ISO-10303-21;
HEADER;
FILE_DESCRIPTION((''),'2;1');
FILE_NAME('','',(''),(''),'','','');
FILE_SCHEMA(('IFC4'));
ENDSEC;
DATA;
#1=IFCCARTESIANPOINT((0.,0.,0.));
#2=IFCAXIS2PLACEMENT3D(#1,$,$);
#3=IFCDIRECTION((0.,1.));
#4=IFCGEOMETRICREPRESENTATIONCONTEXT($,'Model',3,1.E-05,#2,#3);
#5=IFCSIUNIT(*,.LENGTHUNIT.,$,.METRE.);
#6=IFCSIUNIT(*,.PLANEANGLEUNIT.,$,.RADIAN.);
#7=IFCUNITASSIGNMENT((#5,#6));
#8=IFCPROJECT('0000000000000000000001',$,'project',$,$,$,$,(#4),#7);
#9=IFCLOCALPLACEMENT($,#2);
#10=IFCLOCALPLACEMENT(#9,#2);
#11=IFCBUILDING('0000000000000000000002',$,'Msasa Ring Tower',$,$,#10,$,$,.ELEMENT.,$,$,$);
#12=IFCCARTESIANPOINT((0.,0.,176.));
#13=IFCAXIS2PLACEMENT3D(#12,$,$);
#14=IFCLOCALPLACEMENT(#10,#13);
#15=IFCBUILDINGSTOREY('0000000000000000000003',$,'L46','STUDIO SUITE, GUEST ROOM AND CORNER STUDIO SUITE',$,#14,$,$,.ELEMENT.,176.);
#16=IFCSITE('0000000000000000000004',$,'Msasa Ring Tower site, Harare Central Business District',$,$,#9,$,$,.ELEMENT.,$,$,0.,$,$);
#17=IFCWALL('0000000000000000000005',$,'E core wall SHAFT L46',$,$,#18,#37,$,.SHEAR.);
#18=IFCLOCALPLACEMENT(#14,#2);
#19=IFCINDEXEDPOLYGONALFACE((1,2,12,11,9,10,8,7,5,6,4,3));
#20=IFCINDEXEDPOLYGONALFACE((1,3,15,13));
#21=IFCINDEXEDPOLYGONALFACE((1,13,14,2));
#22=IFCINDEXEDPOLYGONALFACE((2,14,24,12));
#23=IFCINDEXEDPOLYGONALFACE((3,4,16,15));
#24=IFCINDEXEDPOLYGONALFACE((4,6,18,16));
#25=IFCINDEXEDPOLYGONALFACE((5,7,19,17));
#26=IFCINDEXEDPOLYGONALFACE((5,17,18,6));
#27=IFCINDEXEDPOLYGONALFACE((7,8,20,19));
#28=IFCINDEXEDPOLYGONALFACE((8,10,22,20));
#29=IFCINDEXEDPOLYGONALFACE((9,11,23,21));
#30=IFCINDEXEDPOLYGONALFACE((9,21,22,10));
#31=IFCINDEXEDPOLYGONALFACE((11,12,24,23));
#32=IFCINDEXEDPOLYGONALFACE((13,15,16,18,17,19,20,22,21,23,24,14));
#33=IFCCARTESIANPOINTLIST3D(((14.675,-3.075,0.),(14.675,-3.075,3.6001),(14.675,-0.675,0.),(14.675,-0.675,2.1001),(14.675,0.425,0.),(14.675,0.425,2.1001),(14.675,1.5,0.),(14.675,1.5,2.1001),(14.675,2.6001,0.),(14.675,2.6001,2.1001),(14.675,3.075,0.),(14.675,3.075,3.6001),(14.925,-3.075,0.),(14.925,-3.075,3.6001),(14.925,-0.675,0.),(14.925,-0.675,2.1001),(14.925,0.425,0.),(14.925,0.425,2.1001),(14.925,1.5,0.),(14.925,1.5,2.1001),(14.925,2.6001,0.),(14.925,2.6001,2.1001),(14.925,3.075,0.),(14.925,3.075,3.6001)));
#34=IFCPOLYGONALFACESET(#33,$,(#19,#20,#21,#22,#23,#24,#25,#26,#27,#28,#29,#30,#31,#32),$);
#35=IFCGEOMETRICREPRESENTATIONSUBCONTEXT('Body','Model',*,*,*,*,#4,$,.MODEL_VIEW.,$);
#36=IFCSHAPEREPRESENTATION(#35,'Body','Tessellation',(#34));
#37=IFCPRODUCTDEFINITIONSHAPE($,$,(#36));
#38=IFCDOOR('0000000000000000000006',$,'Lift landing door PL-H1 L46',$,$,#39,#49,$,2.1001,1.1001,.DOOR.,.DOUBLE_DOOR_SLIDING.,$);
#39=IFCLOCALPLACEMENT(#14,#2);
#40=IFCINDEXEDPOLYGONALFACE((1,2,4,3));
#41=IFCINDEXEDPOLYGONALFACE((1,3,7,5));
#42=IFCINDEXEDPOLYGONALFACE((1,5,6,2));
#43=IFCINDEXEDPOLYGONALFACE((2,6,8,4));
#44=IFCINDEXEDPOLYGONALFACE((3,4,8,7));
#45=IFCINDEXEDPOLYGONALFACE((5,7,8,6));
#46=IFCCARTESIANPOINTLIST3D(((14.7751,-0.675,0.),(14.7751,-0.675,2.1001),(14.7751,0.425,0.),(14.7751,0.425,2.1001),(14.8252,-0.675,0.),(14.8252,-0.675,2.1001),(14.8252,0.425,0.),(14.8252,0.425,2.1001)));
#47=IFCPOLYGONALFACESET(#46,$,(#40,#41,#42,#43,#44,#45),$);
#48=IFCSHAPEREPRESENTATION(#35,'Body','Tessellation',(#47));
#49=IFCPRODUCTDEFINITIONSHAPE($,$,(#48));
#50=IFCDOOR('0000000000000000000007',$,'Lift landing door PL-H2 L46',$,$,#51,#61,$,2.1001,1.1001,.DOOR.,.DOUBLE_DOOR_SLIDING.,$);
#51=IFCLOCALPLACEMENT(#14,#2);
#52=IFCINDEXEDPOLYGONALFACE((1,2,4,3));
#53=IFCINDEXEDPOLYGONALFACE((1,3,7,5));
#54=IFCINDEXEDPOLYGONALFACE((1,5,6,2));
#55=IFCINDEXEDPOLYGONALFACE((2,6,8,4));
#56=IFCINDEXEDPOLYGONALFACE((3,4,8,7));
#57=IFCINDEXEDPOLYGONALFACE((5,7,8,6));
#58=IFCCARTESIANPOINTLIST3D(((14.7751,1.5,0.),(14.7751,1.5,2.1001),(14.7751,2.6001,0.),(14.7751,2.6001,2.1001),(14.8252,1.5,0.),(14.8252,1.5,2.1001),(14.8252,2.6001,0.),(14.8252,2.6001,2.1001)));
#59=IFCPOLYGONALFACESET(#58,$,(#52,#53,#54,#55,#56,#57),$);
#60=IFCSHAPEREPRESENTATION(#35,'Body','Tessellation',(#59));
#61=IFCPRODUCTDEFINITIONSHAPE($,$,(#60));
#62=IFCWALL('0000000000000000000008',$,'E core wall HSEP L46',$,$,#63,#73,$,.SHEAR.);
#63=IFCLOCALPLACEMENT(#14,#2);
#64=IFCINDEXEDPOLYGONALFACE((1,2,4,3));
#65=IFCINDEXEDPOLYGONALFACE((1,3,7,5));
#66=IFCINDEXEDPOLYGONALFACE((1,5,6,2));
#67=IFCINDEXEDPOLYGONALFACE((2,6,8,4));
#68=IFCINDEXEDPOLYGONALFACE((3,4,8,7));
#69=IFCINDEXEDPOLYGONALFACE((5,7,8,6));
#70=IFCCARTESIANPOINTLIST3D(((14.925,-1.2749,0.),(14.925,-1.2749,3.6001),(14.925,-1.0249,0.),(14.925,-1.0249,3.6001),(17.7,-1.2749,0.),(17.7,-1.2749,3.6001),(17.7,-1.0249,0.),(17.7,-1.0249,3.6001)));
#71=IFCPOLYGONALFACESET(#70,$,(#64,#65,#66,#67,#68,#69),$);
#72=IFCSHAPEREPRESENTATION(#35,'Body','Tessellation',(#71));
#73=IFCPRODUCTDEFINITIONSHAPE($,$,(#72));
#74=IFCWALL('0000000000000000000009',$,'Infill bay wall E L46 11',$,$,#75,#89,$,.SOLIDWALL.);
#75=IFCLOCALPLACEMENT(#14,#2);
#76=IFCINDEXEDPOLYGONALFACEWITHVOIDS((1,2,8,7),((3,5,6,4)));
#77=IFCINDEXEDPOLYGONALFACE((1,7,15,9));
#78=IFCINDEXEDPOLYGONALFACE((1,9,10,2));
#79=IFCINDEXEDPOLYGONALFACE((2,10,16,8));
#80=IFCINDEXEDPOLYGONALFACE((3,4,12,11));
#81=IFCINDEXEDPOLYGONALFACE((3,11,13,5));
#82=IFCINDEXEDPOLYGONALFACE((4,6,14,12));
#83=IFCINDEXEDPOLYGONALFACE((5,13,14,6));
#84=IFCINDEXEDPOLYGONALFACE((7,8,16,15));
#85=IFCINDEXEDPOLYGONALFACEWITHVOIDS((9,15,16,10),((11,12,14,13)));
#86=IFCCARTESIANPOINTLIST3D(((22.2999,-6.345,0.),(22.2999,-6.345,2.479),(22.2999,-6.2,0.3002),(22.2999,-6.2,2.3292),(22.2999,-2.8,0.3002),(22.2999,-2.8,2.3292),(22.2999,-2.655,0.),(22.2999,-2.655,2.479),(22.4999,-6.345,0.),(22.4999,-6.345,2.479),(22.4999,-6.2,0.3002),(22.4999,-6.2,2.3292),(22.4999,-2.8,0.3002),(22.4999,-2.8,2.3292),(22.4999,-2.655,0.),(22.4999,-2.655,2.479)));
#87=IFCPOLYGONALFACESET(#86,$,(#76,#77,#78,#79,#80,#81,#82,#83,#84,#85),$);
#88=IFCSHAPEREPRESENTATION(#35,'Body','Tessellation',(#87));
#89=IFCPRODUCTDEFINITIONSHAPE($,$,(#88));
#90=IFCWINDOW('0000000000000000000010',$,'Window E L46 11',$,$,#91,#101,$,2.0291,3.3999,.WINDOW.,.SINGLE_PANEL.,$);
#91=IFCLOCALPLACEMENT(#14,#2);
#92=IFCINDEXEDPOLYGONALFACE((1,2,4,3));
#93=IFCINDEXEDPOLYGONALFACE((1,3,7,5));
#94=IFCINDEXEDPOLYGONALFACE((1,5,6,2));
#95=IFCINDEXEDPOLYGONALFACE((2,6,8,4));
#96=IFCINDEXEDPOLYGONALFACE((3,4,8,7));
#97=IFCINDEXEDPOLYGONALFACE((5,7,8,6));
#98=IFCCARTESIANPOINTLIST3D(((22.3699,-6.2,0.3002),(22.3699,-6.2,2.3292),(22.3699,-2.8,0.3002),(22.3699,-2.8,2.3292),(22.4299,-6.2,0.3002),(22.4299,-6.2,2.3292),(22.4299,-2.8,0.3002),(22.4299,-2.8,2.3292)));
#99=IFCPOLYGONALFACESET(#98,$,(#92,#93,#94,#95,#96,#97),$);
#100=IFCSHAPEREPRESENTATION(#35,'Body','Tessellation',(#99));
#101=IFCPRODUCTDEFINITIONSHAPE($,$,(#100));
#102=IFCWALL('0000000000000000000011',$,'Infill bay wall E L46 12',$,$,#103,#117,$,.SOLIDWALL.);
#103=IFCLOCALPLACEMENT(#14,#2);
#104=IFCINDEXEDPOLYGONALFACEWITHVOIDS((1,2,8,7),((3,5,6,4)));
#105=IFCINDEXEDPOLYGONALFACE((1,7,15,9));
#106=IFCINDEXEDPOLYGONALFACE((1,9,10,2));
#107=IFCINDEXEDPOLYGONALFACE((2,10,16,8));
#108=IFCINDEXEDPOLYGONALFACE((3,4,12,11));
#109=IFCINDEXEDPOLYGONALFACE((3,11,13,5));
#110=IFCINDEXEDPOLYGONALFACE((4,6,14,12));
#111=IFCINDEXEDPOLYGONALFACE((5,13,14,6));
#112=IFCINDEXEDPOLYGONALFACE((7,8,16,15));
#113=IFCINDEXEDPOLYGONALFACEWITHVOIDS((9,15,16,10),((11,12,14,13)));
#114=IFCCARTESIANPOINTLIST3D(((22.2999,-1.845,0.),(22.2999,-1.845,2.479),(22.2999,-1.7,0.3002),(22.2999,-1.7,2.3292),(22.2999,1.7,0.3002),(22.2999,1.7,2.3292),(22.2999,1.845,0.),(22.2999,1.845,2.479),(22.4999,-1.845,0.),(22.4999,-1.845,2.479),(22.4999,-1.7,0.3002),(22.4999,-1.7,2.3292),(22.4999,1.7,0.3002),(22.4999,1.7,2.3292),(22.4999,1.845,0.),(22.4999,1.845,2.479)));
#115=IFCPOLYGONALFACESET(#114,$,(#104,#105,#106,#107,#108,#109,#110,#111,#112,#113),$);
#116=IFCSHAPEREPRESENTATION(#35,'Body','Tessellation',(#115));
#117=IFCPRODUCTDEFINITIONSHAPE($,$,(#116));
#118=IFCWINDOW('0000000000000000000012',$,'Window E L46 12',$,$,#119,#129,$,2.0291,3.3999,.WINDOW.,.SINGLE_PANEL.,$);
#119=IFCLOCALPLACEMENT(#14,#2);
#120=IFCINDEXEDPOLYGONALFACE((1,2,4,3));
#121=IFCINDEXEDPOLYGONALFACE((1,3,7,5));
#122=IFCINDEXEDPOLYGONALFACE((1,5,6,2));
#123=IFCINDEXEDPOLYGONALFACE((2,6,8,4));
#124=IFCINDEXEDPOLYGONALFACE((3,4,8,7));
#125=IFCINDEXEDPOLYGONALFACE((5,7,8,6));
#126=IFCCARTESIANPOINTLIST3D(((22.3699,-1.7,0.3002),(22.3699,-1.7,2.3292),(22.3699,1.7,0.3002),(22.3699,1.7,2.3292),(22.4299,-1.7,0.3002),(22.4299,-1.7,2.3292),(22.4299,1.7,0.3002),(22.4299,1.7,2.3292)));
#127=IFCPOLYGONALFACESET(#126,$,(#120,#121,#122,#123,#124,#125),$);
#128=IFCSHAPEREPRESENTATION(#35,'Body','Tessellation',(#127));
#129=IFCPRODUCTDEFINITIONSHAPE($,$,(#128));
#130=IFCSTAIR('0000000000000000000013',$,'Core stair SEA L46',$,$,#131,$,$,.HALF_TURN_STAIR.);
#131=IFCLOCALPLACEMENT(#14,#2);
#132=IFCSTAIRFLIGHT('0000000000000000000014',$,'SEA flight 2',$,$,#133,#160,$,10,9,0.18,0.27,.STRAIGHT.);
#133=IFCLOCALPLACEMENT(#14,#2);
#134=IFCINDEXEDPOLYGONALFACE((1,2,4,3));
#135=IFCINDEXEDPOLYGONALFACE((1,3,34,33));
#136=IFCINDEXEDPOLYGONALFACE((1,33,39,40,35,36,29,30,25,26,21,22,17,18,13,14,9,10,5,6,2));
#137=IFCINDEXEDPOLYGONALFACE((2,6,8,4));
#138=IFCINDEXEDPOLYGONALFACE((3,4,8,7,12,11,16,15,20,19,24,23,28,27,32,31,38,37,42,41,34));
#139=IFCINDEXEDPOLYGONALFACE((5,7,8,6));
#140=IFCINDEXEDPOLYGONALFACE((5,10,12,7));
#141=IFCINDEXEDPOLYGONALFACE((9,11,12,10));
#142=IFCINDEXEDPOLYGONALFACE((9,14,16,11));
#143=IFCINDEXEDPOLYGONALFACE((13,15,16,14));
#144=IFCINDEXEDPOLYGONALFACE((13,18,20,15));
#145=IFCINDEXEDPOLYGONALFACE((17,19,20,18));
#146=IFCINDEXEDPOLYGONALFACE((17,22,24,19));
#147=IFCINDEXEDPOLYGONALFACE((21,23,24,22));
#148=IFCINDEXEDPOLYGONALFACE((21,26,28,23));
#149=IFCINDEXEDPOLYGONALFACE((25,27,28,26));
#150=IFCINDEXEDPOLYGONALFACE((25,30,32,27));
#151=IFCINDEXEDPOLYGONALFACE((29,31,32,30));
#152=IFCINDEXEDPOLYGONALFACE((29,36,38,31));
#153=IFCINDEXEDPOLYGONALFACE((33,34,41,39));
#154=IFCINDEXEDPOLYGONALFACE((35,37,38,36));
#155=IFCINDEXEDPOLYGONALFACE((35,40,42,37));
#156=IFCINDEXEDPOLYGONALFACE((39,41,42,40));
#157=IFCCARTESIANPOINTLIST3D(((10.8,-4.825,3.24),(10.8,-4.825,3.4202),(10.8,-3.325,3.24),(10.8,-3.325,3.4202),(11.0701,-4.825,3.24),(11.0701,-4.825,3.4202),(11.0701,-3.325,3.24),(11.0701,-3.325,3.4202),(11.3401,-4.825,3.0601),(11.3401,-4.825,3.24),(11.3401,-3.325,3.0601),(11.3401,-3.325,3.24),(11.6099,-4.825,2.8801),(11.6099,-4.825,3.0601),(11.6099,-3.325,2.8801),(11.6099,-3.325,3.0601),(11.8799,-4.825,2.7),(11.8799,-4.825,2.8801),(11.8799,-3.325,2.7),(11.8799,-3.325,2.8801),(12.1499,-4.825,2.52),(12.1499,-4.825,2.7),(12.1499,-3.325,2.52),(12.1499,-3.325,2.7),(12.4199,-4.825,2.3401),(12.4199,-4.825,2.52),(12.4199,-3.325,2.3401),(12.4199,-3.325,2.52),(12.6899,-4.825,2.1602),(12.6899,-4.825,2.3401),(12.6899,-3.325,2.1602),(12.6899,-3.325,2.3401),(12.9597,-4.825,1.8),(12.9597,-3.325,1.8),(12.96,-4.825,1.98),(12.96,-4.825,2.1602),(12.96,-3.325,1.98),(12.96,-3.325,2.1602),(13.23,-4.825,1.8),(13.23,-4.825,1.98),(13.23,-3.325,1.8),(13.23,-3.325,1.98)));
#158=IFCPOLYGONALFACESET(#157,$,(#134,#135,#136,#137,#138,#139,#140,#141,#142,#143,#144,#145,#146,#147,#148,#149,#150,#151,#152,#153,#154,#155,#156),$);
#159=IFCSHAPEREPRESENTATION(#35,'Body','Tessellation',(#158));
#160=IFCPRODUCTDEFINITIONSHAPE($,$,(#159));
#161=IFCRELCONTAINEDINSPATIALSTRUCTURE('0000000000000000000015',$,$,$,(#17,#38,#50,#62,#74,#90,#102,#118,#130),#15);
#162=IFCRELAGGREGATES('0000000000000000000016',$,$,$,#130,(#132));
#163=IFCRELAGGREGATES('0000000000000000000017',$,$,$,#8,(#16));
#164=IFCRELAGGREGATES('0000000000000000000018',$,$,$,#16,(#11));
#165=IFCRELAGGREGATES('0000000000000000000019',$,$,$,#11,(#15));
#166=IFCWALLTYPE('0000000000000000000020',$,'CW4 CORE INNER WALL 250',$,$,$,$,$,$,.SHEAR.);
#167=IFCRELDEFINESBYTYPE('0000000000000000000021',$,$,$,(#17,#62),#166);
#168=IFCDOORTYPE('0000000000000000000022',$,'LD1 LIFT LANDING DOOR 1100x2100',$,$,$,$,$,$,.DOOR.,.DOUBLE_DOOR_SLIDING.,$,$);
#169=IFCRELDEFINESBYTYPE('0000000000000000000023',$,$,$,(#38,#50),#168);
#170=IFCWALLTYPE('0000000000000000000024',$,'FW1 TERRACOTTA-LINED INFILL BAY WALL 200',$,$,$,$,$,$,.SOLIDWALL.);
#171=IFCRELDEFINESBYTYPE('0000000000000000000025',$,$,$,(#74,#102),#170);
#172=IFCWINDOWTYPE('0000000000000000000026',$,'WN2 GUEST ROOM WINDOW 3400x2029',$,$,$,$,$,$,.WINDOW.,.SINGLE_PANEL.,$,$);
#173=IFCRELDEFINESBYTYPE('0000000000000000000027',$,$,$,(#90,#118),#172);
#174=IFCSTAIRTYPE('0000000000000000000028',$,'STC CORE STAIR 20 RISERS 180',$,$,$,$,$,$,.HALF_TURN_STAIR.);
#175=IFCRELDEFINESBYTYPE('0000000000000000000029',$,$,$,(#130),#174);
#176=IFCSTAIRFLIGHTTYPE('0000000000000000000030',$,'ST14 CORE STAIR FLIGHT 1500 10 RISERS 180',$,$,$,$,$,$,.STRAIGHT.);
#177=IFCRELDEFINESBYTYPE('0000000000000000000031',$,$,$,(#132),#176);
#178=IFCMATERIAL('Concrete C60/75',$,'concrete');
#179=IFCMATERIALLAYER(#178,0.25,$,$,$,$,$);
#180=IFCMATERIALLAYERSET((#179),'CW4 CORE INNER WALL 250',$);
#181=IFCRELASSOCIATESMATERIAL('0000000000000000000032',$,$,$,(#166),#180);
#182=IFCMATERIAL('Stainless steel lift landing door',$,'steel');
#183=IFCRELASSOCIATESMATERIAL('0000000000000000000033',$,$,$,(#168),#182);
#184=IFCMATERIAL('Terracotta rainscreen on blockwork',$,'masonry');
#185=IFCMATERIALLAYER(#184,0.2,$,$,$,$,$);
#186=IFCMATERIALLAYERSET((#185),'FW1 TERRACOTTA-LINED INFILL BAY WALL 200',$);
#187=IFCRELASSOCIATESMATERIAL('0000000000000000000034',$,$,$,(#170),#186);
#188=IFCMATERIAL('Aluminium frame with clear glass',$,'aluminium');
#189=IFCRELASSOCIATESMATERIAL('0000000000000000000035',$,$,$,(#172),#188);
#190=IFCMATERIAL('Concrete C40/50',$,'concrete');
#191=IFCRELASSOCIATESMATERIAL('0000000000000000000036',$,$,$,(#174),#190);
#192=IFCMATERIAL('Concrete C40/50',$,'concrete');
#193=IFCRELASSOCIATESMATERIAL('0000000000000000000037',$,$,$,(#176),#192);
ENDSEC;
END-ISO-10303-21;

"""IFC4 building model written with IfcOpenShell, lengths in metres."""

from ifc_helpers import new_model, si_unit, direction, frame, frame_2d, origin, place, context, subcontext, project, spatial, polyline, rectangle, outline, extrude, material, layer, layer_set, type_object, element, fill, aggregate, save


model = new_model("IFC4")

# Units and contexts
model_context = context("Model", 3, precision=1e-05, world=origin(), true_north=direction((0.0, 1.0)))
body_context = subcontext(model_context, "Body", "Model", "MODEL_VIEW")
ifc_project = project(units=[si_unit("LENGTHUNIT", "METRE"), si_unit("PLANEANGLEUNIT", "RADIAN")], contexts=[model_context])

# Site, building, storey
site_placement = place(None, origin())
site = spatial("IfcSite", under=ifc_project, at=site_placement, Name="Msasa Ring Tower site, Harare Central Business District", CompositionType="ELEMENT", RefElevation=0.0)
building_placement = place(site_placement, origin())
building = spatial("IfcBuilding", under=site, at=building_placement, Name="Msasa Ring Tower", CompositionType="ELEMENT")
storey_placement = place(building_placement, frame((0.0, 0.0, 176.0)))
storey = spatial("IfcBuildingStorey", under=building, at=storey_placement, Name="L46", Description="STUDIO SUITE, GUEST ROOM AND CORNER STUDIO SUITE", CompositionType="ELEMENT", Elevation=176.0)

# Shared definitions
ifc_material_1 = material(Name="Concrete C60/75", Category="concrete")
ifc_layer_1 = layer(ifc_material_1, 0.25)
ifc_layer_set_1 = layer_set([ifc_layer_1], Name="CW4 CORE INNER WALL 250")
wall_type_1 = type_object("IfcWallType", Name="CW4 CORE INNER WALL 250", PredefinedType="SHEAR", material=ifc_layer_set_1)

# Wall, openings, doors
wall_1_placement = place(storey_placement, frame((14.8, -3.075, 0.0), z_axis=(0.0, 0.0, 1.0), x_axis=(0.0, 1.0, 0.0)))
wall_1 = element("IfcWall", 1, at=wall_1_placement, inside=storey, type_object=wall_type_1, Name="E core wall SHAFT L46", PredefinedType="SHEAR", context=body_context, shape_type="SweptSolid", body=[
    extrude(rectangle(XDim=6.1499, YDim=0.25, at=frame_2d((3.075, 0.0))), origin(), (0.0, 0.0, 1.0), 3.6001),
])
opening_1_placement = place(wall_1_placement, frame((2.3999, 0.0, 0.0)))
opening_1 = element("IfcOpeningElement", 2, at=opening_1_placement, cuts=wall_1, PredefinedType="OPENING", context=body_context, shape_type="SweptSolid", body=[
    extrude(rectangle(XDim=1.1001, YDim=2.1001, at=frame_2d((0.55, 1.05))), frame((0.0, 0.135, 0.0), z_axis=(0.0, -1.0, 0.0), x_axis=(1.0, 0.0, 0.0)), (0.0, 0.0, 1.0), 0.27),
])
opening_2_placement = place(wall_1_placement, frame((4.575, 0.0, 0.0)))
opening_2 = element("IfcOpeningElement", 3, at=opening_2_placement, cuts=wall_1, PredefinedType="OPENING", context=body_context, shape_type="SweptSolid", body=[
    extrude(rectangle(XDim=1.1001, YDim=2.1001, at=frame_2d((0.55, 1.05))), frame((0.0, 0.135, 0.0), z_axis=(0.0, -1.0, 0.0), x_axis=(1.0, 0.0, 0.0)), (0.0, 0.0, 1.0), 0.27),
])
ifc_material_2 = material(Name="Stainless steel lift landing door", Category="steel")
door_type = type_object("IfcDoorType", Name="LD1 LIFT LANDING DOOR 1100x2100", OperationType="DOUBLE_DOOR_SLIDING", PredefinedType="DOOR", material=ifc_material_2)
door_1_placement = place(opening_1_placement, origin())
door_1 = element("IfcDoor", 4, at=door_1_placement, inside=storey, type_object=door_type, Name="Lift landing door PL-H1 L46", OperationType="DOUBLE_DOOR_SLIDING", OverallHeight=2.1001, OverallWidth=1.1001, PredefinedType="DOOR", context=body_context, shape_type="SweptSolid", body=[
    extrude(rectangle(XDim=1.1001, YDim=2.1001, at=frame_2d((0.55, 1.05))), frame((0.0, 0.0249, 0.0), z_axis=(0.0, -1.0, 0.0), x_axis=(1.0, 0.0, 0.0)), (0.0, 0.0, 1.0), 0.05),
])
fill(opening_1, door_1)
door_2_placement = place(opening_2_placement, origin())
door_2 = element("IfcDoor", 5, at=door_2_placement, inside=storey, type_object=door_type, Name="Lift landing door PL-H2 L46", OperationType="DOUBLE_DOOR_SLIDING", OverallHeight=2.1001, OverallWidth=1.1001, PredefinedType="DOOR", context=body_context, shape_type="SweptSolid", body=[
    extrude(rectangle(XDim=1.1001, YDim=2.1001, at=frame_2d((0.55, 1.05))), frame((0.0, 0.0249, 0.0), z_axis=(0.0, -1.0, 0.0), x_axis=(1.0, 0.0, 0.0)), (0.0, 0.0, 1.0), 0.05),
])
fill(opening_2, door_2)

# Wall
wall_2_placement = place(storey_placement, frame((14.925, -1.1499, 0.0), z_axis=(0.0, 0.0, 1.0), x_axis=(1.0, 0.0, 0.0)))
element("IfcWall", 6, at=wall_2_placement, inside=storey, type_object=wall_type_1, Name="E core wall HSEP L46", PredefinedType="SHEAR", context=body_context, shape_type="SweptSolid", body=[
    extrude(rectangle(XDim=2.7749, YDim=0.25, at=frame_2d((1.3875, 0.0))), origin(), (0.0, 0.0, 1.0), 3.6001),
])

# Walls, openings, windows
ifc_material_3 = material(Name="Terracotta rainscreen on blockwork", Category="masonry")
ifc_layer_2 = layer(ifc_material_3, 0.2)
ifc_layer_set_2 = layer_set([ifc_layer_2], Name="FW1 TERRACOTTA-LINED INFILL BAY WALL 200")
wall_type_2 = type_object("IfcWallType", Name="FW1 TERRACOTTA-LINED INFILL BAY WALL 200", PredefinedType="SOLIDWALL", material=ifc_layer_set_2)
wall_3_placement = place(storey_placement, frame((22.3999, -6.345, 0.0), z_axis=(0.0, 0.0, 1.0), x_axis=(0.0, 1.0, 0.0)))
wall_3 = element("IfcWall", 7, at=wall_3_placement, inside=storey, type_object=wall_type_2, Name="Infill bay wall E L46 11", PredefinedType="SOLIDWALL", context=body_context, shape_type="SweptSolid", body=[
    extrude(rectangle(XDim=3.6899, YDim=0.2, at=frame_2d((1.845, 0.0))), origin(), (0.0, 0.0, 1.0), 2.479),
])
opening_3_placement = place(wall_3_placement, frame((0.145, 0.0, 0.3)))
opening_3 = element("IfcOpeningElement", 8, at=opening_3_placement, cuts=wall_3, PredefinedType="OPENING", context=body_context, shape_type="SweptSolid", body=[
    extrude(rectangle(XDim=3.3999, YDim=2.0291, at=frame_2d((1.7, 1.0146))), frame((0.0, 0.1099, 0.0), z_axis=(0.0, -1.0, 0.0), x_axis=(1.0, 0.0, 0.0)), (0.0, 0.0, 1.0), 0.22),
])
ifc_material_4 = material(Name="Aluminium frame with clear glass", Category="aluminium")
window_type = type_object("IfcWindowType", Name="WN2 GUEST ROOM WINDOW 3400x2029", PartitioningType="SINGLE_PANEL", PredefinedType="WINDOW", material=ifc_material_4)
window_1_placement = place(opening_3_placement, origin())
window_1 = element("IfcWindow", 9, at=window_1_placement, inside=storey, type_object=window_type, Name="Window E L46 11", OverallHeight=2.0291, OverallWidth=3.3999, PartitioningType="SINGLE_PANEL", PredefinedType="WINDOW", context=body_context, shape_type="SweptSolid", body=[
    extrude(rectangle(XDim=3.3999, YDim=2.0291, at=frame_2d((1.7, 1.0146))), frame((0.0, 0.03, 0.0), z_axis=(0.0, -1.0, 0.0), x_axis=(1.0, 0.0, 0.0)), (0.0, 0.0, 1.0), 0.0601),
])
fill(opening_3, window_1)
wall_4_placement = place(storey_placement, frame((22.3999, -1.845, 0.0), z_axis=(0.0, 0.0, 1.0), x_axis=(0.0, 1.0, 0.0)))
wall_4 = element("IfcWall", 10, at=wall_4_placement, inside=storey, type_object=wall_type_2, Name="Infill bay wall E L46 12", PredefinedType="SOLIDWALL", context=body_context, shape_type="SweptSolid", body=[
    extrude(rectangle(XDim=3.6899, YDim=0.2, at=frame_2d((1.845, 0.0))), origin(), (0.0, 0.0, 1.0), 2.479),
])
opening_4_placement = place(wall_4_placement, frame((0.145, 0.0, 0.3)))
opening_4 = element("IfcOpeningElement", 11, at=opening_4_placement, cuts=wall_4, PredefinedType="OPENING", context=body_context, shape_type="SweptSolid", body=[
    extrude(rectangle(XDim=3.3999, YDim=2.0291, at=frame_2d((1.7, 1.0146))), frame((0.0, 0.1099, 0.0), z_axis=(0.0, -1.0, 0.0), x_axis=(1.0, 0.0, 0.0)), (0.0, 0.0, 1.0), 0.22),
])
window_2_placement = place(opening_4_placement, origin())
window_2 = element("IfcWindow", 12, at=window_2_placement, inside=storey, type_object=window_type, Name="Window E L46 12", OverallHeight=2.0291, OverallWidth=3.3999, PartitioningType="SINGLE_PANEL", PredefinedType="WINDOW", context=body_context, shape_type="SweptSolid", body=[
    extrude(rectangle(XDim=3.3999, YDim=2.0291, at=frame_2d((1.7, 1.0146))), frame((0.0, 0.03, 0.0), z_axis=(0.0, -1.0, 0.0), x_axis=(1.0, 0.0, 0.0)), (0.0, 0.0, 1.0), 0.0601),
])
fill(opening_4, window_2)

# Stair, stair flight
ifc_material_5 = material(Name="Concrete C40/50", Category="concrete")
stair_type = type_object("IfcStairType", Name="STC CORE STAIR 20 RISERS 180", PredefinedType="HALF_TURN_STAIR", material=ifc_material_5)
stair_placement = place(storey_placement, origin())
stair = element("IfcStair", 13, at=stair_placement, inside=storey, type_object=stair_type, Name="Core stair SEA L46", PredefinedType="HALF_TURN_STAIR")
ifc_material_6 = material(Name="Concrete C40/50", Category="concrete")
stair_flight_type = type_object("IfcStairFlightType", Name="ST14 CORE STAIR FLIGHT 1500 10 RISERS 180", PredefinedType="STRAIGHT", material=ifc_material_6)
stair_flight_placement = place(storey_placement, frame((13.23, -4.075, 1.8), z_axis=(0.0, 0.0, 1.0), x_axis=(-1.0, 0.0, 0.0)))
stair_flight = element("IfcStairFlight", 14, at=stair_flight_placement, type_object=stair_flight_type, Name="SEA flight 2", NumberOfRisers=10, NumberOfTreads=9, PredefinedType="STRAIGHT", RiserHeight=0.18, TreadLength=0.27, context=body_context, shape_type="SweptSolid", body=[
    extrude(outline(polyline([(0.0, 0.0), (0.0, 0.1799), (0.27, 0.1799), (0.27, 0.3601), (0.54, 0.3601), (0.54, 0.54), (0.8101, 0.54), (0.8101, 0.72), (1.0801, 0.72), (1.0801, 0.8999), (1.3501, 0.8999), (1.3501, 1.0801), (1.6201, 1.0801), (1.6201, 1.26), (1.8899, 1.26), (1.8899, 1.4399), (2.1599, 1.4399), (2.1599, 1.6201), (2.4299, 1.6201), (2.4299, 1.8), (2.4299, 1.4399), (0.2703, 0.0), (0.0, 0.0)])), frame((0.0, 0.75, 0.0), z_axis=(0.0, -1.0, 0.0), x_axis=(1.0, 0.0, 0.0)), (0.0, 0.0, 1.0), 1.5),
])
aggregate(stair, [stair_flight])

save(model, "model.ifc")
